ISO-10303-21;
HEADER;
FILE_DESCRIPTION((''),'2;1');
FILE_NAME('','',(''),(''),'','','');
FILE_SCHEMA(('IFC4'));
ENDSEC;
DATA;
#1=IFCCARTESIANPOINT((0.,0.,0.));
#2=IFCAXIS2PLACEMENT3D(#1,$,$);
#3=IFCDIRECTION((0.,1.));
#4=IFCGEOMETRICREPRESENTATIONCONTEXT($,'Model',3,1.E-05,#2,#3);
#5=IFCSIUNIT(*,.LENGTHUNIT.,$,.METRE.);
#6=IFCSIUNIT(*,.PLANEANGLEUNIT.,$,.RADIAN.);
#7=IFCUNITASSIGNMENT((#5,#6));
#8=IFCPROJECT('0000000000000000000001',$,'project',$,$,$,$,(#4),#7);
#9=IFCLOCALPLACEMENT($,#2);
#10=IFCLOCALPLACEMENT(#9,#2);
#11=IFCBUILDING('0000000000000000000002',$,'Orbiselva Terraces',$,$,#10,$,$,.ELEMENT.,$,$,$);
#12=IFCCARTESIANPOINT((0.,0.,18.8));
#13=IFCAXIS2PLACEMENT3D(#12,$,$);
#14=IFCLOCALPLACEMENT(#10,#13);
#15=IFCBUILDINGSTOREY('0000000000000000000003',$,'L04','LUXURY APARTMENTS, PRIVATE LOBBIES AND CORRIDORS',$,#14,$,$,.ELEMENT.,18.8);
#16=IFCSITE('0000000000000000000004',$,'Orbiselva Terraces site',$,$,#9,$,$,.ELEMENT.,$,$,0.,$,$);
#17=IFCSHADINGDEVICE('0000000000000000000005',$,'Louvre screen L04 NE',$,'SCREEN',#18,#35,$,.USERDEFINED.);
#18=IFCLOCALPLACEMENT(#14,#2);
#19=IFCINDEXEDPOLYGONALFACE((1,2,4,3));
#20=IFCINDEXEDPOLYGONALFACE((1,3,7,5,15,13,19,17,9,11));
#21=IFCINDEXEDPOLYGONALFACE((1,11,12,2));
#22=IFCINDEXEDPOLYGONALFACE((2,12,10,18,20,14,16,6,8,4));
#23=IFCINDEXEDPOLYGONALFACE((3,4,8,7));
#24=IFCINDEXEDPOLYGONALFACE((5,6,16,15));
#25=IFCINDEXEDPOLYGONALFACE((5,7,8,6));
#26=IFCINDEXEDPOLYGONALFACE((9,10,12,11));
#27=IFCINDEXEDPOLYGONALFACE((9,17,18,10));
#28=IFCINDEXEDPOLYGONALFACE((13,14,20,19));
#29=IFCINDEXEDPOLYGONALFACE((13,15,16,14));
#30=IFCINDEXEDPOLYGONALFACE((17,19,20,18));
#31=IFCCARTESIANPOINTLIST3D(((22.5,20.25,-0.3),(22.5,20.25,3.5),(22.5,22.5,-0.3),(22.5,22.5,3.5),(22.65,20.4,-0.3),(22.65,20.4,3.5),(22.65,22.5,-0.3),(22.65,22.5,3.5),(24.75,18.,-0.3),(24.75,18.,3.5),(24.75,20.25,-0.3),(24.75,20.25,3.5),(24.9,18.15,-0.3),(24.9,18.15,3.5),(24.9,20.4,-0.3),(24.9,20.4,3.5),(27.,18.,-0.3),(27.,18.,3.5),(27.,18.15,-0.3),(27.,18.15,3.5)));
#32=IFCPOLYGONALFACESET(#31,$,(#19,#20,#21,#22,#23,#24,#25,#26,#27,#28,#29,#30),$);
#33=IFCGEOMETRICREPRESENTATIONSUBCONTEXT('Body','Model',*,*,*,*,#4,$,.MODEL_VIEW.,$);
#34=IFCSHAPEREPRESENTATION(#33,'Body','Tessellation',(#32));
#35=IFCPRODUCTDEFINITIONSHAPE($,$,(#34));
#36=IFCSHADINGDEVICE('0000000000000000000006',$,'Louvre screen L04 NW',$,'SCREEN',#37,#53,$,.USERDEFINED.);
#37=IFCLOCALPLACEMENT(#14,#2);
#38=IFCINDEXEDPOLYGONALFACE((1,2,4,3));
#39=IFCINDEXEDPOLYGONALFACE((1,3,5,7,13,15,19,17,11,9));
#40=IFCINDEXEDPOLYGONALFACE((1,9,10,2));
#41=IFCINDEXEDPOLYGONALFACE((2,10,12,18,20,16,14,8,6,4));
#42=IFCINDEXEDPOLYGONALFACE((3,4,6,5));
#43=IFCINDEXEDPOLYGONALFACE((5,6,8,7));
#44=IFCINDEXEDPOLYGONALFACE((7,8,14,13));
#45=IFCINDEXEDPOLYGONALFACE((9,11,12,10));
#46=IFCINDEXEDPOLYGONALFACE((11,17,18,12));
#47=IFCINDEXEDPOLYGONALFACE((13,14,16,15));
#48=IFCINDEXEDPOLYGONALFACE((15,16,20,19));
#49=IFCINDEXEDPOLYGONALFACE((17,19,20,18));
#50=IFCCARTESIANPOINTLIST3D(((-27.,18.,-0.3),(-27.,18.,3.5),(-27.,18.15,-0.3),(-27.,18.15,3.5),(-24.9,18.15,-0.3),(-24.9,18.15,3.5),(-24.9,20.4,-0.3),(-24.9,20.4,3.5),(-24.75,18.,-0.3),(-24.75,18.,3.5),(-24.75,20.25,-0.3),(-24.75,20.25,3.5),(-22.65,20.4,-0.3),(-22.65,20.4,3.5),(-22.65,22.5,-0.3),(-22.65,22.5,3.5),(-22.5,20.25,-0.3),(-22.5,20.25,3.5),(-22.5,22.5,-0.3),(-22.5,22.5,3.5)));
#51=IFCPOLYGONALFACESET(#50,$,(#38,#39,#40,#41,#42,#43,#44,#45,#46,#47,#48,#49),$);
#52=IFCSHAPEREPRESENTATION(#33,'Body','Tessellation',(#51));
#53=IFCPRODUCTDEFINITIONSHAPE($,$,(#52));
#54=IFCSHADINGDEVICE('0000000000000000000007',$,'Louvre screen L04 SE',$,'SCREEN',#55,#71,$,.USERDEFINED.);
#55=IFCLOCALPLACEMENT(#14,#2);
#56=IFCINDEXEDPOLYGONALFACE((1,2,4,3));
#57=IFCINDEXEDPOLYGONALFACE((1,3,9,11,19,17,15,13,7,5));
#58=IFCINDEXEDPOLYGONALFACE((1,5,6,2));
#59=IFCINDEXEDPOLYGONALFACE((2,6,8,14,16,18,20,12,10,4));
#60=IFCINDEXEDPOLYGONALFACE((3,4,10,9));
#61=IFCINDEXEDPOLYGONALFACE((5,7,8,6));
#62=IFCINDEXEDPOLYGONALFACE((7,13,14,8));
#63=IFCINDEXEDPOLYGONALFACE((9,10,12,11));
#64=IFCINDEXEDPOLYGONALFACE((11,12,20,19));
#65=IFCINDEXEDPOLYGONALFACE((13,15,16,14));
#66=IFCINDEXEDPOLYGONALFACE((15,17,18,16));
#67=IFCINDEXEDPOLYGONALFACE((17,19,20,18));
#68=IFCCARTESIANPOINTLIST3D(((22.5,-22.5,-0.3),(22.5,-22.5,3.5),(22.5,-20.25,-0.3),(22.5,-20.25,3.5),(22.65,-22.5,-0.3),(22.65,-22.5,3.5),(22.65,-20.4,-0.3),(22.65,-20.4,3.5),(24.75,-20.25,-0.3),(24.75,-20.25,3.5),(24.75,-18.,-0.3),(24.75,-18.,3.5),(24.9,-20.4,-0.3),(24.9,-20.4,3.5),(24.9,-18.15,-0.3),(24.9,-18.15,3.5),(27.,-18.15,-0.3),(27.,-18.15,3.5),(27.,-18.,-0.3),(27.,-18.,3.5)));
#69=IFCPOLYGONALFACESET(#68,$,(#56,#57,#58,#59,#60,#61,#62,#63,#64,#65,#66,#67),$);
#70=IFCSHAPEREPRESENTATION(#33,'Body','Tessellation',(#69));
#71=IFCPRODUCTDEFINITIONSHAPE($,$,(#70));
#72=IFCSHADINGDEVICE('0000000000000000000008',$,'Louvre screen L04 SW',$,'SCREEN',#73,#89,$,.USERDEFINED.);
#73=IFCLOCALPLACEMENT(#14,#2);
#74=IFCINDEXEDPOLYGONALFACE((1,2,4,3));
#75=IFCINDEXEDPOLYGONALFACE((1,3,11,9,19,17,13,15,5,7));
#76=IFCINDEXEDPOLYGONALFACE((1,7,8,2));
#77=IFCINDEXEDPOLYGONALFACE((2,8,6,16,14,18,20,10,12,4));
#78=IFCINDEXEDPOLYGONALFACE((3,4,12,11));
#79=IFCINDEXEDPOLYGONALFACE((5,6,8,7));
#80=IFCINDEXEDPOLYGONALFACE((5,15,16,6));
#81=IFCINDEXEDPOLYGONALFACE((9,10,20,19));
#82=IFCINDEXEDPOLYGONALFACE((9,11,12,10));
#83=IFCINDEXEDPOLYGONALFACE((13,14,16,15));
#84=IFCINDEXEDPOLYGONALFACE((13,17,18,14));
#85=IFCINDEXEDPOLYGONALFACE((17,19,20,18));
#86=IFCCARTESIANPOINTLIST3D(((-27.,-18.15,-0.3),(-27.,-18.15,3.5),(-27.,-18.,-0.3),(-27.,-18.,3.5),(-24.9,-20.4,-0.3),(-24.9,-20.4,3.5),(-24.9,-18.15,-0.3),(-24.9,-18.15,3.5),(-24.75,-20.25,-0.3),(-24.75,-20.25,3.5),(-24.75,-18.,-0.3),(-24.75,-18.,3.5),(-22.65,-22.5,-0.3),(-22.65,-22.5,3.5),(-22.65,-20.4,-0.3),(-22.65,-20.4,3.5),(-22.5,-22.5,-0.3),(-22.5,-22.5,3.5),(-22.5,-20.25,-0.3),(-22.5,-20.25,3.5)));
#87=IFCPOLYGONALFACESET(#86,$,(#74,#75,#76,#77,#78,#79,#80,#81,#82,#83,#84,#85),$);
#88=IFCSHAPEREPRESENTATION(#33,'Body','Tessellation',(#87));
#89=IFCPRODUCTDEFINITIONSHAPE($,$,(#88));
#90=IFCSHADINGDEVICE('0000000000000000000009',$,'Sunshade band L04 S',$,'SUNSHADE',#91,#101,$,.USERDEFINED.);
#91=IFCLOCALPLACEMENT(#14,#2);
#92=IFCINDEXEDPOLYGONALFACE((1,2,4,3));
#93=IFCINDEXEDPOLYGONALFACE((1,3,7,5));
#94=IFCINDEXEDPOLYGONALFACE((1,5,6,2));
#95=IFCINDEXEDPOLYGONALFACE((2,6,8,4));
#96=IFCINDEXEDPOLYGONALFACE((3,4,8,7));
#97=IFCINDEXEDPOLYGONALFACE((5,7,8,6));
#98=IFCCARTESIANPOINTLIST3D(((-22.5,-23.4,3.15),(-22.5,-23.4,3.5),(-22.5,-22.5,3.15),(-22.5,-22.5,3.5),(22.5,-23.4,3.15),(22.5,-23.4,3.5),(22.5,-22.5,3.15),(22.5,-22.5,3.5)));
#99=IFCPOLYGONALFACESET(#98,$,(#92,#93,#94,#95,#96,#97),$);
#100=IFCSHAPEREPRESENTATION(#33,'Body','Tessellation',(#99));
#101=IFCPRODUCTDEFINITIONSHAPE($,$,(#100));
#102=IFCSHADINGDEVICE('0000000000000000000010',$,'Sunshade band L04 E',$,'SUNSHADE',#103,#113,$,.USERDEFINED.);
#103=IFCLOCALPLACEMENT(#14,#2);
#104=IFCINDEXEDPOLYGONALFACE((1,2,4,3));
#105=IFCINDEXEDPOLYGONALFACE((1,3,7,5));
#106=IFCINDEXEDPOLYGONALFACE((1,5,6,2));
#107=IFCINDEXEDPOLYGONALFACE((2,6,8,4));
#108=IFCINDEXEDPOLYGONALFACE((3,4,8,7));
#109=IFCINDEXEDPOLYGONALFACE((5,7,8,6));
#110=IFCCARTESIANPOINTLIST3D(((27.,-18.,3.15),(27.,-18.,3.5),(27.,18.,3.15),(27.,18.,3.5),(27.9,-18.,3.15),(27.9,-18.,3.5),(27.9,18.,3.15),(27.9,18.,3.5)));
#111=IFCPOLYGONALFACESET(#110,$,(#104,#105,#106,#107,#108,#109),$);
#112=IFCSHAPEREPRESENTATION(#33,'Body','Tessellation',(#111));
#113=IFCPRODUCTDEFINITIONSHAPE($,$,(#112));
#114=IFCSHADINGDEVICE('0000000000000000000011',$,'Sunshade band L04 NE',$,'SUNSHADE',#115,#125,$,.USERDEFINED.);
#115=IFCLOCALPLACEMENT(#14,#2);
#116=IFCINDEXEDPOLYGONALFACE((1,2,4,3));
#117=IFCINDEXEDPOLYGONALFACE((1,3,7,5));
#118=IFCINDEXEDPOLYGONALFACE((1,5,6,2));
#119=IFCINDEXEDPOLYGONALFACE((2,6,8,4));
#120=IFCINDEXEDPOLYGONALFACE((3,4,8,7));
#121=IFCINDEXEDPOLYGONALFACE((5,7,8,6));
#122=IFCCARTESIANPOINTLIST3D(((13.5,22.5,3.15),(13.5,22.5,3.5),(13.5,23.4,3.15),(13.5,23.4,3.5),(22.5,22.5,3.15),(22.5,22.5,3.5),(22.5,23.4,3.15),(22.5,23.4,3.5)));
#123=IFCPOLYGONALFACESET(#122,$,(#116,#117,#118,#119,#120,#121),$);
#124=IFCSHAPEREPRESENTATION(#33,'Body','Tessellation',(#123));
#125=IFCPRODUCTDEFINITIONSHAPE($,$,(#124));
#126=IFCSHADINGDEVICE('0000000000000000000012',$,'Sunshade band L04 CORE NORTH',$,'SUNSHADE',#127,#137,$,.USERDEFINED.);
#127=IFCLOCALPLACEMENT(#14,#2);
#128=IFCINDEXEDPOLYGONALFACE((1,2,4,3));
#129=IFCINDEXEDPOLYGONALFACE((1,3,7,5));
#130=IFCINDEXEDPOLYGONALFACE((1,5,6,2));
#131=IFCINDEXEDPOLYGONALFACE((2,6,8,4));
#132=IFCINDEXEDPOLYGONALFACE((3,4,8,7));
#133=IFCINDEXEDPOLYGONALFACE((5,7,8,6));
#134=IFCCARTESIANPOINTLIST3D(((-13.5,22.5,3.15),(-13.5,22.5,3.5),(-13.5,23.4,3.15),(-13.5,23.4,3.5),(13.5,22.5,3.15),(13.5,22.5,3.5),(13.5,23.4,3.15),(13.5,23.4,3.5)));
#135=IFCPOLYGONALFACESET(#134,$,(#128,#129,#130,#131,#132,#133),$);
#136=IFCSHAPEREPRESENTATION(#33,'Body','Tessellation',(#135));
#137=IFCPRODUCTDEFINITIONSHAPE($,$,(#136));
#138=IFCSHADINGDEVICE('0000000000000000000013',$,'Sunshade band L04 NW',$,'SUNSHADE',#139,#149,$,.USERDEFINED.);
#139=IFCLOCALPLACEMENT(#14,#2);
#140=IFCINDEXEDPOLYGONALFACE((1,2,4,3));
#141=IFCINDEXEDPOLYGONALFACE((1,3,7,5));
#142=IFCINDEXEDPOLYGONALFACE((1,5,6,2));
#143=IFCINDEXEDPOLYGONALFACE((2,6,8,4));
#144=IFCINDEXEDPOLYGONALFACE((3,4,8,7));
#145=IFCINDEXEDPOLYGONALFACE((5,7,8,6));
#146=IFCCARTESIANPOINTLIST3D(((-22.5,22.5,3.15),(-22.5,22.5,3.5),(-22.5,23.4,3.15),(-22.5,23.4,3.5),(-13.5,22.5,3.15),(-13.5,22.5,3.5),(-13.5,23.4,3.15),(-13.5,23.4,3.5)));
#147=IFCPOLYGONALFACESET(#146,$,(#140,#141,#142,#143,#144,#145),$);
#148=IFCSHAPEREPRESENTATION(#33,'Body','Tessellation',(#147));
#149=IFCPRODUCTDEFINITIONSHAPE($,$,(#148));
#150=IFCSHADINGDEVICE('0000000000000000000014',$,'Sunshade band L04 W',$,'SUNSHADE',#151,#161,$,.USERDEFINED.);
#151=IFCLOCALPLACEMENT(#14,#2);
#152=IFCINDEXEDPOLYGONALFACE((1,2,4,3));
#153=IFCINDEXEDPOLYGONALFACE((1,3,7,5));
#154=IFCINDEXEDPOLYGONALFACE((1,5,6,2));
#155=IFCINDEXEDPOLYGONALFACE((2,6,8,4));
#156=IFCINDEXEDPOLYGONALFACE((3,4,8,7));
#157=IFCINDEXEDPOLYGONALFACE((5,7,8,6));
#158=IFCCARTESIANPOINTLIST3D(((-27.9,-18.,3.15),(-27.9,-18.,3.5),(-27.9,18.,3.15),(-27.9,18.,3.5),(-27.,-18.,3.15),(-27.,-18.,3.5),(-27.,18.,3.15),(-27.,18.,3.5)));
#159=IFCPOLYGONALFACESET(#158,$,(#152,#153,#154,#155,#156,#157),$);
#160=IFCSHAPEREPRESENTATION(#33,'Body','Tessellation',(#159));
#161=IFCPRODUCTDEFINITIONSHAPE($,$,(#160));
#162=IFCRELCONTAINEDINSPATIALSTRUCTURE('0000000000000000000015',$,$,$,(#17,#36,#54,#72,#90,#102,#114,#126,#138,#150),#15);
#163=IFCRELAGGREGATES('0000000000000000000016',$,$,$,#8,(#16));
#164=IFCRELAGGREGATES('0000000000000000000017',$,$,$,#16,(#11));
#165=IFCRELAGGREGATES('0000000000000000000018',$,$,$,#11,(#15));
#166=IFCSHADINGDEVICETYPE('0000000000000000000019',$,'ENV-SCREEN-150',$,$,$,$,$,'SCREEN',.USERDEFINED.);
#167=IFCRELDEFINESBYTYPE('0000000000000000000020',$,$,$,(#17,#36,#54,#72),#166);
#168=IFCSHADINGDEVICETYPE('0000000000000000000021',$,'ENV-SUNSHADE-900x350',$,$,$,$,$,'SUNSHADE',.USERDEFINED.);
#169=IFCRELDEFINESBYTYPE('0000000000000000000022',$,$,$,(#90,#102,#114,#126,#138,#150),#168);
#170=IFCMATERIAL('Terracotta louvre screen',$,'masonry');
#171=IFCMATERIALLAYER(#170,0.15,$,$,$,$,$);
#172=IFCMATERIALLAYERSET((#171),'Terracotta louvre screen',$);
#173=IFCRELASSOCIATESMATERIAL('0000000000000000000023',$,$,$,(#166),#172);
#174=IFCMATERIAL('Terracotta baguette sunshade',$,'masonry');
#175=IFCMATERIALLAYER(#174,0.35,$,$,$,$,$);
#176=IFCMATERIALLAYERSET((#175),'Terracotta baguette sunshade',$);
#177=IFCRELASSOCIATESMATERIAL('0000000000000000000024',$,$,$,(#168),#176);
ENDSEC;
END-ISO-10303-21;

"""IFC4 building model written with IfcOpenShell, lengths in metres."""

from ifc_helpers import new_model, si_unit, direction, frame, origin, place, context, subcontext, project, spatial, polyline, outline, extrude, material, layer, layer_set, type_object, element, save


model = new_model("IFC4")

# Units and contexts
model_context = context("Model", 3, precision=1e-05, world=origin(), true_north=direction((0.0, 1.0)))
body_context = subcontext(model_context, "Body", "Model", "MODEL_VIEW")
ifc_project = project(units=[si_unit("LENGTHUNIT", "METRE"), si_unit("PLANEANGLEUNIT", "RADIAN")], contexts=[model_context])

# Site, building, storey
site_placement = place(None, origin())
site = spatial("IfcSite", under=ifc_project, at=site_placement, Name="Orbiselva Terraces site", CompositionType="ELEMENT", RefElevation=0.0)
building_placement = place(site_placement, origin())
building = spatial("IfcBuilding", under=site, at=building_placement, Name="Orbiselva Terraces", CompositionType="ELEMENT")
storey_placement = place(building_placement, frame((0.0, 0.0, 18.8)))
storey = spatial("IfcBuildingStorey", under=building, at=storey_placement, Name="L04", Description="LUXURY APARTMENTS, PRIVATE LOBBIES AND CORRIDORS", CompositionType="ELEMENT", Elevation=18.8)

# Shading devices
ifc_material_1 = material(Name="Terracotta louvre screen", Category="masonry")
ifc_layer_1 = layer(ifc_material_1, 0.15)
ifc_layer_set_1 = layer_set([ifc_layer_1], Name="Terracotta louvre screen")
shading_device_type_1 = type_object("IfcShadingDeviceType", Name="ENV-SCREEN-150", ElementType="SCREEN", PredefinedType="USERDEFINED", material=ifc_layer_set_1)
shading_device_1_placement = place(storey_placement, frame((0.0, 0.0, -0.3)))
element("IfcShadingDevice", 1, at=shading_device_1_placement, inside=storey, type_object=shading_device_type_1, Name="Louvre screen L04 NE", ObjectType="SCREEN", PredefinedType="USERDEFINED", context=body_context, shape_type="SweptSolid", body=[
    extrude(outline(polyline([(27.0, 18.15), (24.9, 18.15), (24.9, 20.4), (22.65, 20.4), (22.65, 22.5), (22.5, 22.5), (22.5, 20.25), (24.75, 20.25), (24.75, 18.0), (27.0, 18.0), (27.0, 18.15)])), origin(), (0.0, 0.0, 1.0), 3.8),
])
shading_device_2_placement = place(storey_placement, frame((0.0, 0.0, -0.3)))
element("IfcShadingDevice", 2, at=shading_device_2_placement, inside=storey, type_object=shading_device_type_1, Name="Louvre screen L04 NW", ObjectType="SCREEN", PredefinedType="USERDEFINED", context=body_context, shape_type="SweptSolid", body=[
    extrude(outline(polyline([(-22.65, 22.5), (-22.65, 20.4), (-24.9, 20.4), (-24.9, 18.15), (-27.0, 18.15), (-27.0, 18.0), (-24.75, 18.0), (-24.75, 20.25), (-22.5, 20.25), (-22.5, 22.5), (-22.65, 22.5)])), origin(), (0.0, 0.0, 1.0), 3.8),
])
shading_device_3_placement = place(storey_placement, frame((0.0, 0.0, -0.3)))
element("IfcShadingDevice", 3, at=shading_device_3_placement, inside=storey, type_object=shading_device_type_1, Name="Louvre screen L04 SE", ObjectType="SCREEN", PredefinedType="USERDEFINED", context=body_context, shape_type="SweptSolid", body=[
    extrude(outline(polyline([(22.65, -22.5), (22.65, -20.4), (24.9, -20.4), (24.9, -18.15), (27.0, -18.15), (27.0, -18.0), (24.75, -18.0), (24.75, -20.25), (22.5, -20.25), (22.5, -22.5), (22.65, -22.5)])), origin(), (0.0, 0.0, 1.0), 3.8),
])
shading_device_4_placement = place(storey_placement, frame((0.0, 0.0, -0.3)))
element("IfcShadingDevice", 4, at=shading_device_4_placement, inside=storey, type_object=shading_device_type_1, Name="Louvre screen L04 SW", ObjectType="SCREEN", PredefinedType="USERDEFINED", context=body_context, shape_type="SweptSolid", body=[
    extrude(outline(polyline([(-27.0, -18.15), (-24.9, -18.15), (-24.9, -20.4), (-22.65, -20.4), (-22.65, -22.5), (-22.5, -22.5), (-22.5, -20.25), (-24.75, -20.25), (-24.75, -18.0), (-27.0, -18.0), (-27.0, -18.15)])), origin(), (0.0, 0.0, 1.0), 3.8),
])
ifc_material_2 = material(Name="Terracotta baguette sunshade", Category="masonry")
ifc_layer_2 = layer(ifc_material_2, 0.35)
ifc_layer_set_2 = layer_set([ifc_layer_2], Name="Terracotta baguette sunshade")
shading_device_type_2 = type_object("IfcShadingDeviceType", Name="ENV-SUNSHADE-900x350", ElementType="SUNSHADE", PredefinedType="USERDEFINED", material=ifc_layer_set_2)
shading_device_5_placement = place(storey_placement, frame((0.0, 0.0, 3.15)))
element("IfcShadingDevice", 5, at=shading_device_5_placement, inside=storey, type_object=shading_device_type_2, Name="Sunshade band L04 S", ObjectType="SUNSHADE", PredefinedType="USERDEFINED", context=body_context, shape_type="SweptSolid", body=[
    extrude(outline(polyline([(-22.5, -23.4), (22.5, -23.4), (22.5, -22.5), (-22.5, -22.5), (-22.5, -23.4)])), origin(), (0.0, 0.0, 1.0), 0.35),
])
shading_device_6_placement = place(storey_placement, frame((0.0, 0.0, 3.15)))
element("IfcShadingDevice", 6, at=shading_device_6_placement, inside=storey, type_object=shading_device_type_2, Name="Sunshade band L04 E", ObjectType="SUNSHADE", PredefinedType="USERDEFINED", context=body_context, shape_type="SweptSolid", body=[
    extrude(outline(polyline([(27.9, -18.0), (27.9, 18.0), (27.0, 18.0), (27.0, -18.0), (27.9, -18.0)])), origin(), (0.0, 0.0, 1.0), 0.35),
])
shading_device_7_placement = place(storey_placement, frame((0.0, 0.0, 3.15)))
element("IfcShadingDevice", 7, at=shading_device_7_placement, inside=storey, type_object=shading_device_type_2, Name="Sunshade band L04 NE", ObjectType="SUNSHADE", PredefinedType="USERDEFINED", context=body_context, shape_type="SweptSolid", body=[
    extrude(outline(polyline([(22.5, 23.4), (13.5, 23.4), (13.5, 22.5), (22.5, 22.5), (22.5, 23.4)])), origin(), (0.0, 0.0, 1.0), 0.35),
])
shading_device_8_placement = place(storey_placement, frame((0.0, 0.0, 3.15)))
element("IfcShadingDevice", 8, at=shading_device_8_placement, inside=storey, type_object=shading_device_type_2, Name="Sunshade band L04 CORE NORTH", ObjectType="SUNSHADE", PredefinedType="USERDEFINED", context=body_context, shape_type="SweptSolid", body=[
    extrude(outline(polyline([(13.5, 23.4), (-13.5, 23.4), (-13.5, 22.5), (13.5, 22.5), (13.5, 23.4)])), origin(), (0.0, 0.0, 1.0), 0.35),
])
shading_device_9_placement = place(storey_placement, frame((0.0, 0.0, 3.15)))
element("IfcShadingDevice", 9, at=shading_device_9_placement, inside=storey, type_object=shading_device_type_2, Name="Sunshade band L04 NW", ObjectType="SUNSHADE", PredefinedType="USERDEFINED", context=body_context, shape_type="SweptSolid", body=[
    extrude(outline(polyline([(-13.5, 23.4), (-22.5, 23.4), (-22.5, 22.5), (-13.5, 22.5), (-13.5, 23.4)])), origin(), (0.0, 0.0, 1.0), 0.35),
])
shading_device_10_placement = place(storey_placement, frame((0.0, 0.0, 3.15)))
element("IfcShadingDevice", 10, at=shading_device_10_placement, inside=storey, type_object=shading_device_type_2, Name="Sunshade band L04 W", ObjectType="SUNSHADE", PredefinedType="USERDEFINED", context=body_context, shape_type="SweptSolid", body=[
    extrude(outline(polyline([(-27.9, 18.0), (-27.9, -18.0), (-27.0, -18.0), (-27.0, 18.0), (-27.9, 18.0)])), origin(), (0.0, 0.0, 1.0), 0.35),
])

save(model, "model.ifc")
